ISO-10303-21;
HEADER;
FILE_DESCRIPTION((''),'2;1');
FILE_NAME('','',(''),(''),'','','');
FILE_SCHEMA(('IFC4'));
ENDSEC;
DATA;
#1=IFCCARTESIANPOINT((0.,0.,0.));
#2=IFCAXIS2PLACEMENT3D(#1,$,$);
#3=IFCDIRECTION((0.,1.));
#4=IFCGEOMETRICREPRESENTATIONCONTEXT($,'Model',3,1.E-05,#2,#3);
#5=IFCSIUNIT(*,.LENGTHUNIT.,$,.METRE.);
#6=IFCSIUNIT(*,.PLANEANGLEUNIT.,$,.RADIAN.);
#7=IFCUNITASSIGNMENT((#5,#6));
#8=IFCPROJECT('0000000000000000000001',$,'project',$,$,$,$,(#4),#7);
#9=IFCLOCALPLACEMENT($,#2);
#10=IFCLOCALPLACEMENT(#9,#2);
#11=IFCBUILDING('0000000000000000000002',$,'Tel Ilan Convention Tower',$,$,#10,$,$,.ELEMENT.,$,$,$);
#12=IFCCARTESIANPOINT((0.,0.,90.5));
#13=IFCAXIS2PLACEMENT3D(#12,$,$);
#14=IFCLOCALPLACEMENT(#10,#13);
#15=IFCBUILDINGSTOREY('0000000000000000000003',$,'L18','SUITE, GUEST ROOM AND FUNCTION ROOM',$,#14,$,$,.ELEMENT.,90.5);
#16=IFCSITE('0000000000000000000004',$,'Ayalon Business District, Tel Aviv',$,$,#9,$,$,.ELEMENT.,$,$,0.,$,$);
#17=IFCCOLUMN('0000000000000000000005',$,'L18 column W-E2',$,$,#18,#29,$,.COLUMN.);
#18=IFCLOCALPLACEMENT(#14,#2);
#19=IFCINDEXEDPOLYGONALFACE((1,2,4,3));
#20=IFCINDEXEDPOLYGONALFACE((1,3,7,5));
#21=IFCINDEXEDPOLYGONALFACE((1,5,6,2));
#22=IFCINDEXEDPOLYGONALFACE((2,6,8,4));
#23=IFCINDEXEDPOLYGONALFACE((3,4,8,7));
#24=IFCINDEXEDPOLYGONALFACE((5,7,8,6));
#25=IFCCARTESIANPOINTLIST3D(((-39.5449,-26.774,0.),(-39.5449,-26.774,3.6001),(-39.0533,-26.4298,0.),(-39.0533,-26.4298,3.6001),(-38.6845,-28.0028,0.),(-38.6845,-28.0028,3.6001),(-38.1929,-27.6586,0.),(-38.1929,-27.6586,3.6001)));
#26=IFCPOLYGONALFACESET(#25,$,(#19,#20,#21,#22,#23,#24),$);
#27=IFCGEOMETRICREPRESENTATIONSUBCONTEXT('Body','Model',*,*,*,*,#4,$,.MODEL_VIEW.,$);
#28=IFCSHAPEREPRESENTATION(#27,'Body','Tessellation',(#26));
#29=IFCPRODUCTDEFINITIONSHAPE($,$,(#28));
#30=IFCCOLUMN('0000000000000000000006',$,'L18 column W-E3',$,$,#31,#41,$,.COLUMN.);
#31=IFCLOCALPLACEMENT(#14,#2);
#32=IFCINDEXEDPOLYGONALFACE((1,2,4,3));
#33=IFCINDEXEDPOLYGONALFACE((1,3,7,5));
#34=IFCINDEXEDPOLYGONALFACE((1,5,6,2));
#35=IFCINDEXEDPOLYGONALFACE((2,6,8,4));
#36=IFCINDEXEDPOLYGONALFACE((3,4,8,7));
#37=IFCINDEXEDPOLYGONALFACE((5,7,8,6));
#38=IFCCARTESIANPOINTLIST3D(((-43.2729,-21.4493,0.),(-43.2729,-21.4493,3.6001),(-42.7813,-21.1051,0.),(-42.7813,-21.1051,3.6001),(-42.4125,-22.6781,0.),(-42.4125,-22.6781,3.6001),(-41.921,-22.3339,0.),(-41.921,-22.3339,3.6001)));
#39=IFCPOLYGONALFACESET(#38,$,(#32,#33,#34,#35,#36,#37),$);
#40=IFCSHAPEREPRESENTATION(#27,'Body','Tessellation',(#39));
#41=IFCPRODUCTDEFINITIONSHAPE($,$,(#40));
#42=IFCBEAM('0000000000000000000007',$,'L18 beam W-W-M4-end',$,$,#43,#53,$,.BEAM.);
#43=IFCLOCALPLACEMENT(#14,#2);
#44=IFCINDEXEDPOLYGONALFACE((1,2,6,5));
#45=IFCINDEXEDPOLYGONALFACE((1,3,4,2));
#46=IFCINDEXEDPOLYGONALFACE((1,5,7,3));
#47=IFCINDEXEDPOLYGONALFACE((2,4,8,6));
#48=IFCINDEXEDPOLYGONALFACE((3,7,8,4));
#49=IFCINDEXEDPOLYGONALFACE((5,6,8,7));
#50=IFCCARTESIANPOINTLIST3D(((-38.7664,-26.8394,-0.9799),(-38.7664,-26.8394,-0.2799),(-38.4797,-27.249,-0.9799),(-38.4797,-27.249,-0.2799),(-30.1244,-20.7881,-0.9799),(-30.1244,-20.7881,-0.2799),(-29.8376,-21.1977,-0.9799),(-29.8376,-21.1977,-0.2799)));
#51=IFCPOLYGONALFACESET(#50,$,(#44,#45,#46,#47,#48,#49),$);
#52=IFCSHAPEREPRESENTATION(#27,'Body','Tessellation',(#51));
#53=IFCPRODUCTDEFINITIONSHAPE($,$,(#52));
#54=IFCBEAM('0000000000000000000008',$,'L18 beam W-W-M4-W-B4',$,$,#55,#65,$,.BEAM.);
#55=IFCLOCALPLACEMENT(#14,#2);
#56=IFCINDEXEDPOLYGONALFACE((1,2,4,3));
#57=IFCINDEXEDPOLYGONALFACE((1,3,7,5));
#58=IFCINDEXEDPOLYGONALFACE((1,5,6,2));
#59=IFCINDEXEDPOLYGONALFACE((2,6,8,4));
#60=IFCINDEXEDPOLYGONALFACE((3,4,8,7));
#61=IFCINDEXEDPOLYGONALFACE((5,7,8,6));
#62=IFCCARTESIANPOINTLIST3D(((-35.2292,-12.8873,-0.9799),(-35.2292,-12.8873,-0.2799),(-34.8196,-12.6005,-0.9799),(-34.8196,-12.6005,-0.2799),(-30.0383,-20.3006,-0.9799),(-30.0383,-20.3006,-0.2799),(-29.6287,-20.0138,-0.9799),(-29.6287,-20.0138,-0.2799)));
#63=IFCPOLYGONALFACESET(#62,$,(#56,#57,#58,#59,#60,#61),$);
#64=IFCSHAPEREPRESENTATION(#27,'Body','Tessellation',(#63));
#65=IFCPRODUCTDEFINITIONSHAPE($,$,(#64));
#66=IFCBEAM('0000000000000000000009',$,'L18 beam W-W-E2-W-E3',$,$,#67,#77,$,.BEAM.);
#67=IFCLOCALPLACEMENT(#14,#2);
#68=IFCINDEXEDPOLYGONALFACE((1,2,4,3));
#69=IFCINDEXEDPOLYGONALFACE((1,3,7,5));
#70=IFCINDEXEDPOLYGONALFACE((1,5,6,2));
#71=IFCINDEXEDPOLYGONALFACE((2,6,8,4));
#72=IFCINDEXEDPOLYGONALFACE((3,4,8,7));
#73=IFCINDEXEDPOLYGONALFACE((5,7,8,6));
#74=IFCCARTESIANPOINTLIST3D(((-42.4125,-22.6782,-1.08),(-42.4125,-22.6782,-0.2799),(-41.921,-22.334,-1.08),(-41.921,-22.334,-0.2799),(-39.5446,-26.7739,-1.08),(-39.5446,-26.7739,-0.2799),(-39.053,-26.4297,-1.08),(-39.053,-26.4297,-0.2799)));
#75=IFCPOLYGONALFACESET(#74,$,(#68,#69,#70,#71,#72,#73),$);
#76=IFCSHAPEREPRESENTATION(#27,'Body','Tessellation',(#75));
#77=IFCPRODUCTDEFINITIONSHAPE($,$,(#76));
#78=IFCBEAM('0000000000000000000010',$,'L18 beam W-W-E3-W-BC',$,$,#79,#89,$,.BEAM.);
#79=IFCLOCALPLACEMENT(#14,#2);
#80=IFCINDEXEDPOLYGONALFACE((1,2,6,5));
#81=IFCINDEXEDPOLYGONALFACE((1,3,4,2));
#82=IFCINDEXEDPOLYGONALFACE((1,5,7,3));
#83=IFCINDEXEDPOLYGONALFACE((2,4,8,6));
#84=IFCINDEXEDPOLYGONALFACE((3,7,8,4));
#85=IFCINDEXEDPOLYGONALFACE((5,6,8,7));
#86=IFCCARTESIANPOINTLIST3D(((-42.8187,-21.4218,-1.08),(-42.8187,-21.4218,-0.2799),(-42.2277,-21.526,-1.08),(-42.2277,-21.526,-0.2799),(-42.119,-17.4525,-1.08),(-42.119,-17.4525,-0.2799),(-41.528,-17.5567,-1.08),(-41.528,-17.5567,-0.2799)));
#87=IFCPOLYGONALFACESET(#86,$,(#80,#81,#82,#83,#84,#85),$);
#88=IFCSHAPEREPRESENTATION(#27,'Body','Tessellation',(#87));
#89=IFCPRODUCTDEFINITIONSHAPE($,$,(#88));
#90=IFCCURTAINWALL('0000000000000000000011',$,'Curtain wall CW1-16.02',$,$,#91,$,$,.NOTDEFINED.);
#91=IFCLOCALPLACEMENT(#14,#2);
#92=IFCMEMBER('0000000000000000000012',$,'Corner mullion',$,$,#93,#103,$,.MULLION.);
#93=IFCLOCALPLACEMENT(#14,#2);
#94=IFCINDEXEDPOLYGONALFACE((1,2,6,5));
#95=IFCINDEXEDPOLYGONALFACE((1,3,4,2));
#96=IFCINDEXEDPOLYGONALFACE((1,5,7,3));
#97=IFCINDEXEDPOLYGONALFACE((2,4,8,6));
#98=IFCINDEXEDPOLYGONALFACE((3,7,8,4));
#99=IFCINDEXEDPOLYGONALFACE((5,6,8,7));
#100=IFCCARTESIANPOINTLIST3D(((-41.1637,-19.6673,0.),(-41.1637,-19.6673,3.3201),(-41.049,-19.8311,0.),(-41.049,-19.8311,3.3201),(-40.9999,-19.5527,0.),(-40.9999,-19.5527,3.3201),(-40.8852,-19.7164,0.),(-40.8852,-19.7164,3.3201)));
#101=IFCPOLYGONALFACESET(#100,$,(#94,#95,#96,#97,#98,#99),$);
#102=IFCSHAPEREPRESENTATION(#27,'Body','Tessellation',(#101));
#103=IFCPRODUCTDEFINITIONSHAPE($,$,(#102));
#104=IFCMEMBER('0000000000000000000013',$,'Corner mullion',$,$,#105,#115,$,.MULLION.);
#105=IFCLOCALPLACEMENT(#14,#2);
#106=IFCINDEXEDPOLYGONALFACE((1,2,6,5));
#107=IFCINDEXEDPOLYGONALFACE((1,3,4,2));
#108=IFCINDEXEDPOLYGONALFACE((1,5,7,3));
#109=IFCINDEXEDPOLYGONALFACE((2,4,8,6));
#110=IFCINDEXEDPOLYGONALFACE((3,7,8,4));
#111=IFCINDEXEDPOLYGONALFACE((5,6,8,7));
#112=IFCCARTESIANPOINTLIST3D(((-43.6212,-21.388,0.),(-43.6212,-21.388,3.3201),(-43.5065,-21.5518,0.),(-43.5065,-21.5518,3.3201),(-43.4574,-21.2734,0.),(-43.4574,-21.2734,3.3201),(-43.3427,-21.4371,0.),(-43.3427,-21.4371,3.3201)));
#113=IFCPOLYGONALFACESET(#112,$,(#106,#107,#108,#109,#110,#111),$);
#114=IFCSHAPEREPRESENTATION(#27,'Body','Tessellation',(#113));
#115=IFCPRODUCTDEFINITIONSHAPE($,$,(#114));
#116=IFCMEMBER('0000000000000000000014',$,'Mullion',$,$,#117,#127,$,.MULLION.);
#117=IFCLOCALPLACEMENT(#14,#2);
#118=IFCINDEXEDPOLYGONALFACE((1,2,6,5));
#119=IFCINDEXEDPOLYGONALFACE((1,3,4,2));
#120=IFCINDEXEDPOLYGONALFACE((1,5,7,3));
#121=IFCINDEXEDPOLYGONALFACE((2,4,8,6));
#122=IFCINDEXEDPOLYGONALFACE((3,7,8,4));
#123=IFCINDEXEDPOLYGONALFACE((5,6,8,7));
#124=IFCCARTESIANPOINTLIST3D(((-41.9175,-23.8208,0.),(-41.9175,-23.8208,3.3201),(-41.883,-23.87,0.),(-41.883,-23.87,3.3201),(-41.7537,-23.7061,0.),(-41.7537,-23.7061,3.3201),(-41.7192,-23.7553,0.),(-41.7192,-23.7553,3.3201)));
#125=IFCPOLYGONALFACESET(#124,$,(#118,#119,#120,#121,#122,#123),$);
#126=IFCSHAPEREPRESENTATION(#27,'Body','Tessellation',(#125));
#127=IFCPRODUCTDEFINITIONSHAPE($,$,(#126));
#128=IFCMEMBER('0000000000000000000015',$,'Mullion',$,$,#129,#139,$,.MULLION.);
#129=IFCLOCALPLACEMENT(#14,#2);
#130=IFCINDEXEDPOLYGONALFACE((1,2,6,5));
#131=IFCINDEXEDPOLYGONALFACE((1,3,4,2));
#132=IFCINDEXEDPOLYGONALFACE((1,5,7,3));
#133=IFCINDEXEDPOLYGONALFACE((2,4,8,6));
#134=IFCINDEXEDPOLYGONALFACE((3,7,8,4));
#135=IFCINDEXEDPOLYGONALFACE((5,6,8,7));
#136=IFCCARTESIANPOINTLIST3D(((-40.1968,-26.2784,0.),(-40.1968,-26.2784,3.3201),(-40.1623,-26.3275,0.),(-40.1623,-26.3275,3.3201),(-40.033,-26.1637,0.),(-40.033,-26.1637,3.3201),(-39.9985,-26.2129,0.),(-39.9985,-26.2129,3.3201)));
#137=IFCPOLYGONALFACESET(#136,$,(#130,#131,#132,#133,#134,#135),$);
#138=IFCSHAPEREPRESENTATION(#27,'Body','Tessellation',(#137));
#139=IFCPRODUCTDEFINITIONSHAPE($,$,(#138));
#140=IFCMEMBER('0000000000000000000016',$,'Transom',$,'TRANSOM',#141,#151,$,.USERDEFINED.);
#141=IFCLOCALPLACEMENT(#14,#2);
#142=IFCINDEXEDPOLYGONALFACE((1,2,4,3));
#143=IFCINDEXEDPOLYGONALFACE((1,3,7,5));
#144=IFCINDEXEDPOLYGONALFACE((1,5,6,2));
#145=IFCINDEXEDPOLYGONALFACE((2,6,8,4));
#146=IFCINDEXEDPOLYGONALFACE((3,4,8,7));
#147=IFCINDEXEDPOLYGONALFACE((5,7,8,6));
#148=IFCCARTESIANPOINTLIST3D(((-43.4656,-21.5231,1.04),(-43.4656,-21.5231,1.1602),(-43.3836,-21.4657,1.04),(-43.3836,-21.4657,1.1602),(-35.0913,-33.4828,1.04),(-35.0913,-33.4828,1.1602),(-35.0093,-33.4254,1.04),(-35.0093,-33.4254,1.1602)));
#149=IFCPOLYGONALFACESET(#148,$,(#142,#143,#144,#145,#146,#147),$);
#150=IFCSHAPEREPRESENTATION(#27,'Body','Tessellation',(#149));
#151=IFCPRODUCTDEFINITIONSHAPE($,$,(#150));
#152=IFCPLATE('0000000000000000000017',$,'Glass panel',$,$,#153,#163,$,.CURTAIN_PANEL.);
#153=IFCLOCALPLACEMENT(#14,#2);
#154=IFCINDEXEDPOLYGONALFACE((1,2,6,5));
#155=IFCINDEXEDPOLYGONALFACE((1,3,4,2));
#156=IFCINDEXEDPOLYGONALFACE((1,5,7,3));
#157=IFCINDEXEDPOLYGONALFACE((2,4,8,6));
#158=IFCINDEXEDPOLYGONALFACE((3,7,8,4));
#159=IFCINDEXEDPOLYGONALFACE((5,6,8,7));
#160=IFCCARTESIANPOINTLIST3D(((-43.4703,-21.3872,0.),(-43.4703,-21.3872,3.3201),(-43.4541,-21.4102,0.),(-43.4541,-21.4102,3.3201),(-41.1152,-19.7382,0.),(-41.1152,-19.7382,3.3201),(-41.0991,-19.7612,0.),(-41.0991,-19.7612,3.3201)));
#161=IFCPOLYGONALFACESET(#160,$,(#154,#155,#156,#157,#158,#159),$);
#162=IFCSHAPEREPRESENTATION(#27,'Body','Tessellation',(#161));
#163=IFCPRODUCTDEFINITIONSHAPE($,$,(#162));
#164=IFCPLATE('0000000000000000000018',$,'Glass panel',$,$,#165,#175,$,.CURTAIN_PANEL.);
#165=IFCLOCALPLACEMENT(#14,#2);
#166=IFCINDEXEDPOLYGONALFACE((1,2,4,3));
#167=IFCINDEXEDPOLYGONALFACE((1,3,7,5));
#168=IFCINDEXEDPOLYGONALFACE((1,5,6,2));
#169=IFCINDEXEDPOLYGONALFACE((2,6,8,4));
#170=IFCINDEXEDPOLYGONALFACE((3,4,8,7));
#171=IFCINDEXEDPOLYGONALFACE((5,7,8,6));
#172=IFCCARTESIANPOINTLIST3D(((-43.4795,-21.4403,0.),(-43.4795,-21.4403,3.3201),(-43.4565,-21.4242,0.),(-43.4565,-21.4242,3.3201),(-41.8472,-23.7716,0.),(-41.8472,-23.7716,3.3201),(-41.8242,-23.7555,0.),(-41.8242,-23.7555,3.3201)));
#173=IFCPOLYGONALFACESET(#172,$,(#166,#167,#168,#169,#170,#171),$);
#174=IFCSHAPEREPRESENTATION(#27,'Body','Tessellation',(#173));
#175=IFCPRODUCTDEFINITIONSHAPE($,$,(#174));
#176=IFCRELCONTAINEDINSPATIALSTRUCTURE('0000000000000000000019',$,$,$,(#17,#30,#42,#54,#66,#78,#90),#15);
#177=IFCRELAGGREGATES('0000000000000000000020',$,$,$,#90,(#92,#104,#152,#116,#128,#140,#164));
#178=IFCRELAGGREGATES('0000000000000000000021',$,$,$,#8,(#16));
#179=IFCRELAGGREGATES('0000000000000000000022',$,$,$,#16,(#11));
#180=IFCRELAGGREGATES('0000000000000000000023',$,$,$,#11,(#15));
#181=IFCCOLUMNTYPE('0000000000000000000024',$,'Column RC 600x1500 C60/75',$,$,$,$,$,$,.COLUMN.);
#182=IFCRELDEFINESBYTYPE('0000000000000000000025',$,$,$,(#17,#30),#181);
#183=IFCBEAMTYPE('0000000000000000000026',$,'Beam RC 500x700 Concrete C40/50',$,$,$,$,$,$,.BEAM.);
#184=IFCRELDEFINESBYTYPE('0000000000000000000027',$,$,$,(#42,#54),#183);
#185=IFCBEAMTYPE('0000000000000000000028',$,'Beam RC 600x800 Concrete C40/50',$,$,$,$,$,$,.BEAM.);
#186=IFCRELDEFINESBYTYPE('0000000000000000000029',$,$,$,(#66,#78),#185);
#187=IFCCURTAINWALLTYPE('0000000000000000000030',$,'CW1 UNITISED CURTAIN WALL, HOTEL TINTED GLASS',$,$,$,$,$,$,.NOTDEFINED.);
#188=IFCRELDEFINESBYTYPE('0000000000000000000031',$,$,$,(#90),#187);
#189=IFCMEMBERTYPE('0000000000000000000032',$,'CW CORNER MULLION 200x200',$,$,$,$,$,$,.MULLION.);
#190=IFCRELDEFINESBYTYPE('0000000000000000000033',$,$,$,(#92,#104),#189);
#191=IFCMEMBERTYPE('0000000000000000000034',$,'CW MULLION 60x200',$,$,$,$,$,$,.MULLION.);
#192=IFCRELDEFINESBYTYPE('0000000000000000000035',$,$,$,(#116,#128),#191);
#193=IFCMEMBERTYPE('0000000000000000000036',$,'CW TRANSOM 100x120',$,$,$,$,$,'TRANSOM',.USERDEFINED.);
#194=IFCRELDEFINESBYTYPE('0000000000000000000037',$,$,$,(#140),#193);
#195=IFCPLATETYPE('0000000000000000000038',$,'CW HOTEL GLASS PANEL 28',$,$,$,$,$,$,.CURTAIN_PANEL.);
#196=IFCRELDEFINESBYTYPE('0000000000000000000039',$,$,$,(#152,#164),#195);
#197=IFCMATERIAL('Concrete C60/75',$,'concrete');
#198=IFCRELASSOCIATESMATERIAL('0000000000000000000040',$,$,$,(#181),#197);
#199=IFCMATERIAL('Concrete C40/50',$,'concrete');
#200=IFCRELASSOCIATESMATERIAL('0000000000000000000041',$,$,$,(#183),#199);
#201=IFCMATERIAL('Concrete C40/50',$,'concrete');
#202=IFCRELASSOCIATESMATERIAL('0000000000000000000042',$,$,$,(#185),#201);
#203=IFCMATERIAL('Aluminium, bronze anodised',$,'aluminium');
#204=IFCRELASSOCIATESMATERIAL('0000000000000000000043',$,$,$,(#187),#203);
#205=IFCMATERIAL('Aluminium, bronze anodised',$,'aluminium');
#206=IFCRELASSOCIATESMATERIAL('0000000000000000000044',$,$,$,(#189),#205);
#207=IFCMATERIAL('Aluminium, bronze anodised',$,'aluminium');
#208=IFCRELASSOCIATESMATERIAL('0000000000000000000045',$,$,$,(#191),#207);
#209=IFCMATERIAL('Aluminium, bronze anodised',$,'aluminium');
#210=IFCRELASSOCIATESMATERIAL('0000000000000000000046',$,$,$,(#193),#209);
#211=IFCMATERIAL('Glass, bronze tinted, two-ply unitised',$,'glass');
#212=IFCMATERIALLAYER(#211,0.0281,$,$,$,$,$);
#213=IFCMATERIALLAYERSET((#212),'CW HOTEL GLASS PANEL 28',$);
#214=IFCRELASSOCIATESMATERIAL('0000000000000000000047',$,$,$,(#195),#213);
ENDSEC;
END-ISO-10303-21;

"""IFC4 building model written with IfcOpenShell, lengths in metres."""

from ifc_helpers import new_model, si_unit, direction, frame, origin, origin_2d, place, context, subcontext, project, spatial, rectangle, extrude, material, layer, layer_set, material_profile, profile_set, type_object, element, aggregate, save


model = new_model("IFC4")

# Units and contexts
model_context = context("Model", 3, precision=1e-05, world=origin(), true_north=direction((0.0, 1.0)))
body_context = subcontext(model_context, "Body", "Model", "MODEL_VIEW")
ifc_project = project(units=[si_unit("LENGTHUNIT", "METRE"), si_unit("PLANEANGLEUNIT", "RADIAN")], contexts=[model_context])

# Site, building, storey
site_placement = place(None, origin())
site = spatial("IfcSite", under=ifc_project, at=site_placement, Name="Ayalon Business District, Tel Aviv", CompositionType="ELEMENT", RefElevation=0.0)
building_placement = place(site_placement, origin())
building = spatial("IfcBuilding", under=site, at=building_placement, Name="Tel Ilan Convention Tower", CompositionType="ELEMENT")
storey_placement = place(building_placement, frame((0.0, 0.0, 90.5)))
storey = spatial("IfcBuildingStorey", under=building, at=storey_placement, Name="L18", Description="SUITE, GUEST ROOM AND FUNCTION ROOM", CompositionType="ELEMENT", Elevation=90.5)

# Columns
ifc_material_1 = material(Name="Concrete C60/75", Category="concrete")
ifc_material_profile_1 = material_profile(ifc_material_1, rectangle(XDim=1.5, YDim=0.6001, at=origin_2d()), Name="RC 600x1500")
ifc_profile_set_1 = profile_set([ifc_material_profile_1], Name="Concrete C60/75")
column_type = type_object("IfcColumnType", Name="Column RC 600x1500 C60/75", PredefinedType="COLUMN", material=ifc_profile_set_1)
for number, where, z_axis, x_axis, name in (
    (1, (-38.8689, -27.2163, 0.0), (0.0, 0.0, 1.0), (-0.573576, 0.819152, 0.0), "L18 column W-E2"),
    (2, (-42.5969, -21.8916, 0.0), (0.0, 0.0, 1.0), (-0.573576, 0.819152, 0.0), "L18 column W-E3"),
):
    element("IfcColumn", number, at=place(storey_placement, frame(where, z_axis=z_axis, x_axis=x_axis)), inside=storey, type_object=column_type, Name=name, PredefinedType="COLUMN", context=body_context, shape_type="SweptSolid", body=[
        extrude(rectangle(XDim=1.5, YDim=0.6001, at=origin_2d()), origin(), (0.0, 0.0, 1.0), 3.6001),
    ])

# Beams
ifc_material_2 = material(Name="Concrete C40/50", Category="concrete")
ifc_material_profile_2 = material_profile(ifc_material_2, rectangle(XDim=0.5, YDim=0.7, at=origin_2d()), Name="RC 500x700")
ifc_profile_set_2 = profile_set([ifc_material_profile_2], Name="Concrete C40/50")
beam_type_1 = type_object("IfcBeamType", Name="Beam RC 500x700 Concrete C40/50", PredefinedType="BEAM", material=ifc_profile_set_2)
beam_1_placement = place(storey_placement, frame((-29.981, -20.9929, -0.6299), z_axis=(-0.819151, -0.573577, 0.0), x_axis=(0.573577, -0.819151, 0.0)))
element("IfcBeam", 3, at=beam_1_placement, inside=storey, type_object=beam_type_1, Name="L18 beam W-W-M4-end", PredefinedType="BEAM", context=body_context, shape_type="SweptSolid", body=[
    extrude(rectangle(XDim=0.5, YDim=0.7, at=origin_2d()), origin(), (0.0, 0.0, 1.0), 10.55),
])
beam_2_placement = place(storey_placement, frame((-29.8335, -20.1572, -0.6299), z_axis=(-0.57358, 0.81915, 0.0), x_axis=(-0.81915, -0.57358, 0.0)))
element("IfcBeam", 4, at=beam_2_placement, inside=storey, type_object=beam_type_1, Name="L18 beam W-W-M4-W-B4", PredefinedType="BEAM", context=body_context, shape_type="SweptSolid", body=[
    extrude(rectangle(XDim=0.5, YDim=0.7, at=origin_2d()), origin(), (0.0, 0.0, 1.0), 9.05),
])
ifc_material_3 = material(Name="Concrete C40/50", Category="concrete")
ifc_material_profile_3 = material_profile(ifc_material_3, rectangle(XDim=0.6001, YDim=0.8, at=origin_2d()), Name="RC 600x800")
ifc_profile_set_3 = profile_set([ifc_material_profile_3], Name="Concrete C40/50")
beam_type_2 = type_object("IfcBeamType", Name="Beam RC 600x800 Concrete C40/50", PredefinedType="BEAM", material=ifc_profile_set_3)
beam_3_placement = place(storey_placement, frame((-39.2988, -26.6018, -0.6799), z_axis=(-0.573587, 0.819145, 0.0), x_axis=(-0.819145, -0.573587, 0.0)))
element("IfcBeam", 5, at=beam_3_placement, inside=storey, type_object=beam_type_2, Name="L18 beam W-W-E2-W-E3", PredefinedType="BEAM", context=body_context, shape_type="SweptSolid", body=[
    extrude(rectangle(XDim=0.6001, YDim=0.8, at=origin_2d()), origin(), (0.0, 0.0, 1.0), 5.0),
])
beam_4_placement = place(storey_placement, frame((-42.5232, -21.4739, -0.6799), z_axis=(0.173606, 0.984815, 0.0), x_axis=(-0.984815, 0.173606, 0.0)))
element("IfcBeam", 6, at=beam_4_placement, inside=storey, type_object=beam_type_2, Name="L18 beam W-W-E3-W-BC", PredefinedType="BEAM", context=body_context, shape_type="SweptSolid", body=[
    extrude(rectangle(XDim=0.6001, YDim=0.8, at=origin_2d()), origin(), (0.0, 0.0, 1.0), 4.0305),
])

# Curtain wall, members, plates
ifc_material_4 = material(Name="Aluminium, bronze anodised", Category="aluminium")
curtain_wall_type = type_object("IfcCurtainWallType", Name="CW1 UNITISED CURTAIN WALL, HOTEL TINTED GLASS", PredefinedType="NOTDEFINED", material=ifc_material_4)
curtain_wall_placement = place(storey_placement, origin())
curtain_wall = element("IfcCurtainWall", 7, at=curtain_wall_placement, inside=storey, type_object=curtain_wall_type, Name="Curtain wall CW1-16.02", PredefinedType="NOTDEFINED")
ifc_material_5 = material(Name="Aluminium, bronze anodised", Category="aluminium")
ifc_material_profile_4 = material_profile(ifc_material_5, rectangle(XDim=0.2, YDim=0.2, at=origin_2d()), Name="CW CORNER MULLION 200x200")
ifc_profile_set_4 = profile_set([ifc_material_profile_4], Name="Aluminium, bronze anodised")
member_type_1 = type_object("IfcMemberType", Name="CW CORNER MULLION 200x200", PredefinedType="MULLION", material=ifc_profile_set_4)
member_1_placement = place(storey_placement, frame((-41.0244, -19.6919, 0.0), z_axis=(0.0, 0.0, 1.0), x_axis=(0.573576, -0.819152, 0.0)))
member_1 = element("IfcMember", 8, at=member_1_placement, type_object=member_type_1, Name="Corner mullion", PredefinedType="MULLION", context=body_context, shape_type="SweptSolid", body=[
    extrude(rectangle(XDim=0.2, YDim=0.2, at=origin_2d()), origin(), (0.0, 0.0, 1.0), 3.3201),
])
member_2_placement = place(storey_placement, frame((-43.4819, -21.4126, 0.0), z_axis=(0.0, 0.0, 1.0), x_axis=(-0.819152, -0.573576, 0.0)))
member_2 = element("IfcMember", 9, at=member_2_placement, type_object=member_type_1, Name="Corner mullion", PredefinedType="MULLION", context=body_context, shape_type="SweptSolid", body=[
    extrude(rectangle(XDim=0.2, YDim=0.2, at=origin_2d()), origin(), (0.0, 0.0, 1.0), 3.3201),
])
ifc_material_6 = material(Name="Aluminium, bronze anodised", Category="aluminium")
ifc_material_profile_5 = material_profile(ifc_material_6, rectangle(XDim=0.0601, YDim=0.2, at=origin_2d()), Name="CW MULLION 60x200")
ifc_profile_set_5 = profile_set([ifc_material_profile_5], Name="Aluminium, bronze anodised")
member_type_2 = type_object("IfcMemberType", Name="CW MULLION 60x200", PredefinedType="MULLION", material=ifc_profile_set_5)
member_3_placement = place(storey_placement, frame((-41.8184, -23.7881, 0.0), z_axis=(0.0, 0.0, 1.0), x_axis=(0.573576, -0.819152, 0.0)))
member_3 = element("IfcMember", 10, at=member_3_placement, type_object=member_type_2, Name="Mullion", PredefinedType="MULLION", context=body_context, shape_type="SweptSolid", body=[
    extrude(rectangle(XDim=0.0601, YDim=0.2, at=origin_2d()), origin(), (0.0, 0.0, 1.0), 3.3201),
])
member_4_placement = place(storey_placement, frame((-40.0977, -26.2456, 0.0), z_axis=(0.0, 0.0, 1.0), x_axis=(0.573576, -0.819152, 0.0)))
member_4 = element("IfcMember", 11, at=member_4_placement, type_object=member_type_2, Name="Mullion", PredefinedType="MULLION", context=body_context, shape_type="SweptSolid", body=[
    extrude(rectangle(XDim=0.0601, YDim=0.2, at=origin_2d()), origin(), (0.0, 0.0, 1.0), 3.3201),
])
ifc_material_7 = material(Name="Aluminium, bronze anodised", Category="aluminium")
ifc_material_profile_6 = material_profile(ifc_material_7, rectangle(XDim=0.1001, YDim=0.1201, at=origin_2d()), Name="CW TRANSOM 100x120")
ifc_profile_set_6 = profile_set([ifc_material_profile_6], Name="Aluminium, bronze anodised")
member_type_3 = type_object("IfcMemberType", Name="CW TRANSOM 100x120", ElementType="TRANSOM", PredefinedType="USERDEFINED", material=ifc_profile_set_6)
member_5_placement = place(storey_placement, frame((-43.4246, -21.4944, 1.1001), z_axis=(0.573576, -0.819153, 0.0), x_axis=(0.819153, 0.573576, 0.0)))
member_5 = element("IfcMember", 12, at=member_5_placement, type_object=member_type_3, Name="Transom", ObjectType="TRANSOM", PredefinedType="USERDEFINED", context=body_context, shape_type="SweptSolid", body=[
    extrude(rectangle(XDim=0.1001, YDim=0.1201, at=origin_2d()), origin(), (0.0, 0.0, 1.0), 14.6001),
])
ifc_material_8 = material(Name="Glass, bronze tinted, two-ply unitised", Category="glass")
ifc_layer_1 = layer(ifc_material_8, 0.0281)
ifc_layer_set_1 = layer_set([ifc_layer_1], Name="CW HOTEL GLASS PANEL 28")
plate_type = type_object("IfcPlateType", Name="CW HOTEL GLASS PANEL 28", PredefinedType="CURTAIN_PANEL", material=ifc_layer_set_1)
plate_1_placement = place(storey_placement, frame((-42.2847, -20.5742, 0.0), z_axis=(0.0, 0.0, 1.0), x_axis=(-0.819152, -0.573576, 0.0)))
plate_1 = element("IfcPlate", 13, at=plate_1_placement, type_object=plate_type, Name="Glass panel", PredefinedType="CURTAIN_PANEL", context=body_context, shape_type="SweptSolid", body=[
    extrude(rectangle(XDim=2.875, YDim=0.0281, at=origin_2d()), origin(), (0.0, 0.0, 1.0), 3.3201),
])
plate_2_placement = place(storey_placement, frame((-42.6519, -22.5979, 0.0), z_axis=(0.0, 0.0, 1.0), x_axis=(0.573576, -0.819152, 0.0)))
plate_2 = element("IfcPlate", 14, at=plate_2_placement, type_object=plate_type, Name="Glass panel", PredefinedType="CURTAIN_PANEL", context=body_context, shape_type="SweptSolid", body=[
    extrude(rectangle(XDim=2.8459, YDim=0.0281, at=origin_2d()), origin(), (0.0, 0.0, 1.0), 3.3201),
])
aggregate(curtain_wall, [member_1, member_2, plate_1, member_3, member_4, member_5, plate_2])

save(model, "model.ifc")
